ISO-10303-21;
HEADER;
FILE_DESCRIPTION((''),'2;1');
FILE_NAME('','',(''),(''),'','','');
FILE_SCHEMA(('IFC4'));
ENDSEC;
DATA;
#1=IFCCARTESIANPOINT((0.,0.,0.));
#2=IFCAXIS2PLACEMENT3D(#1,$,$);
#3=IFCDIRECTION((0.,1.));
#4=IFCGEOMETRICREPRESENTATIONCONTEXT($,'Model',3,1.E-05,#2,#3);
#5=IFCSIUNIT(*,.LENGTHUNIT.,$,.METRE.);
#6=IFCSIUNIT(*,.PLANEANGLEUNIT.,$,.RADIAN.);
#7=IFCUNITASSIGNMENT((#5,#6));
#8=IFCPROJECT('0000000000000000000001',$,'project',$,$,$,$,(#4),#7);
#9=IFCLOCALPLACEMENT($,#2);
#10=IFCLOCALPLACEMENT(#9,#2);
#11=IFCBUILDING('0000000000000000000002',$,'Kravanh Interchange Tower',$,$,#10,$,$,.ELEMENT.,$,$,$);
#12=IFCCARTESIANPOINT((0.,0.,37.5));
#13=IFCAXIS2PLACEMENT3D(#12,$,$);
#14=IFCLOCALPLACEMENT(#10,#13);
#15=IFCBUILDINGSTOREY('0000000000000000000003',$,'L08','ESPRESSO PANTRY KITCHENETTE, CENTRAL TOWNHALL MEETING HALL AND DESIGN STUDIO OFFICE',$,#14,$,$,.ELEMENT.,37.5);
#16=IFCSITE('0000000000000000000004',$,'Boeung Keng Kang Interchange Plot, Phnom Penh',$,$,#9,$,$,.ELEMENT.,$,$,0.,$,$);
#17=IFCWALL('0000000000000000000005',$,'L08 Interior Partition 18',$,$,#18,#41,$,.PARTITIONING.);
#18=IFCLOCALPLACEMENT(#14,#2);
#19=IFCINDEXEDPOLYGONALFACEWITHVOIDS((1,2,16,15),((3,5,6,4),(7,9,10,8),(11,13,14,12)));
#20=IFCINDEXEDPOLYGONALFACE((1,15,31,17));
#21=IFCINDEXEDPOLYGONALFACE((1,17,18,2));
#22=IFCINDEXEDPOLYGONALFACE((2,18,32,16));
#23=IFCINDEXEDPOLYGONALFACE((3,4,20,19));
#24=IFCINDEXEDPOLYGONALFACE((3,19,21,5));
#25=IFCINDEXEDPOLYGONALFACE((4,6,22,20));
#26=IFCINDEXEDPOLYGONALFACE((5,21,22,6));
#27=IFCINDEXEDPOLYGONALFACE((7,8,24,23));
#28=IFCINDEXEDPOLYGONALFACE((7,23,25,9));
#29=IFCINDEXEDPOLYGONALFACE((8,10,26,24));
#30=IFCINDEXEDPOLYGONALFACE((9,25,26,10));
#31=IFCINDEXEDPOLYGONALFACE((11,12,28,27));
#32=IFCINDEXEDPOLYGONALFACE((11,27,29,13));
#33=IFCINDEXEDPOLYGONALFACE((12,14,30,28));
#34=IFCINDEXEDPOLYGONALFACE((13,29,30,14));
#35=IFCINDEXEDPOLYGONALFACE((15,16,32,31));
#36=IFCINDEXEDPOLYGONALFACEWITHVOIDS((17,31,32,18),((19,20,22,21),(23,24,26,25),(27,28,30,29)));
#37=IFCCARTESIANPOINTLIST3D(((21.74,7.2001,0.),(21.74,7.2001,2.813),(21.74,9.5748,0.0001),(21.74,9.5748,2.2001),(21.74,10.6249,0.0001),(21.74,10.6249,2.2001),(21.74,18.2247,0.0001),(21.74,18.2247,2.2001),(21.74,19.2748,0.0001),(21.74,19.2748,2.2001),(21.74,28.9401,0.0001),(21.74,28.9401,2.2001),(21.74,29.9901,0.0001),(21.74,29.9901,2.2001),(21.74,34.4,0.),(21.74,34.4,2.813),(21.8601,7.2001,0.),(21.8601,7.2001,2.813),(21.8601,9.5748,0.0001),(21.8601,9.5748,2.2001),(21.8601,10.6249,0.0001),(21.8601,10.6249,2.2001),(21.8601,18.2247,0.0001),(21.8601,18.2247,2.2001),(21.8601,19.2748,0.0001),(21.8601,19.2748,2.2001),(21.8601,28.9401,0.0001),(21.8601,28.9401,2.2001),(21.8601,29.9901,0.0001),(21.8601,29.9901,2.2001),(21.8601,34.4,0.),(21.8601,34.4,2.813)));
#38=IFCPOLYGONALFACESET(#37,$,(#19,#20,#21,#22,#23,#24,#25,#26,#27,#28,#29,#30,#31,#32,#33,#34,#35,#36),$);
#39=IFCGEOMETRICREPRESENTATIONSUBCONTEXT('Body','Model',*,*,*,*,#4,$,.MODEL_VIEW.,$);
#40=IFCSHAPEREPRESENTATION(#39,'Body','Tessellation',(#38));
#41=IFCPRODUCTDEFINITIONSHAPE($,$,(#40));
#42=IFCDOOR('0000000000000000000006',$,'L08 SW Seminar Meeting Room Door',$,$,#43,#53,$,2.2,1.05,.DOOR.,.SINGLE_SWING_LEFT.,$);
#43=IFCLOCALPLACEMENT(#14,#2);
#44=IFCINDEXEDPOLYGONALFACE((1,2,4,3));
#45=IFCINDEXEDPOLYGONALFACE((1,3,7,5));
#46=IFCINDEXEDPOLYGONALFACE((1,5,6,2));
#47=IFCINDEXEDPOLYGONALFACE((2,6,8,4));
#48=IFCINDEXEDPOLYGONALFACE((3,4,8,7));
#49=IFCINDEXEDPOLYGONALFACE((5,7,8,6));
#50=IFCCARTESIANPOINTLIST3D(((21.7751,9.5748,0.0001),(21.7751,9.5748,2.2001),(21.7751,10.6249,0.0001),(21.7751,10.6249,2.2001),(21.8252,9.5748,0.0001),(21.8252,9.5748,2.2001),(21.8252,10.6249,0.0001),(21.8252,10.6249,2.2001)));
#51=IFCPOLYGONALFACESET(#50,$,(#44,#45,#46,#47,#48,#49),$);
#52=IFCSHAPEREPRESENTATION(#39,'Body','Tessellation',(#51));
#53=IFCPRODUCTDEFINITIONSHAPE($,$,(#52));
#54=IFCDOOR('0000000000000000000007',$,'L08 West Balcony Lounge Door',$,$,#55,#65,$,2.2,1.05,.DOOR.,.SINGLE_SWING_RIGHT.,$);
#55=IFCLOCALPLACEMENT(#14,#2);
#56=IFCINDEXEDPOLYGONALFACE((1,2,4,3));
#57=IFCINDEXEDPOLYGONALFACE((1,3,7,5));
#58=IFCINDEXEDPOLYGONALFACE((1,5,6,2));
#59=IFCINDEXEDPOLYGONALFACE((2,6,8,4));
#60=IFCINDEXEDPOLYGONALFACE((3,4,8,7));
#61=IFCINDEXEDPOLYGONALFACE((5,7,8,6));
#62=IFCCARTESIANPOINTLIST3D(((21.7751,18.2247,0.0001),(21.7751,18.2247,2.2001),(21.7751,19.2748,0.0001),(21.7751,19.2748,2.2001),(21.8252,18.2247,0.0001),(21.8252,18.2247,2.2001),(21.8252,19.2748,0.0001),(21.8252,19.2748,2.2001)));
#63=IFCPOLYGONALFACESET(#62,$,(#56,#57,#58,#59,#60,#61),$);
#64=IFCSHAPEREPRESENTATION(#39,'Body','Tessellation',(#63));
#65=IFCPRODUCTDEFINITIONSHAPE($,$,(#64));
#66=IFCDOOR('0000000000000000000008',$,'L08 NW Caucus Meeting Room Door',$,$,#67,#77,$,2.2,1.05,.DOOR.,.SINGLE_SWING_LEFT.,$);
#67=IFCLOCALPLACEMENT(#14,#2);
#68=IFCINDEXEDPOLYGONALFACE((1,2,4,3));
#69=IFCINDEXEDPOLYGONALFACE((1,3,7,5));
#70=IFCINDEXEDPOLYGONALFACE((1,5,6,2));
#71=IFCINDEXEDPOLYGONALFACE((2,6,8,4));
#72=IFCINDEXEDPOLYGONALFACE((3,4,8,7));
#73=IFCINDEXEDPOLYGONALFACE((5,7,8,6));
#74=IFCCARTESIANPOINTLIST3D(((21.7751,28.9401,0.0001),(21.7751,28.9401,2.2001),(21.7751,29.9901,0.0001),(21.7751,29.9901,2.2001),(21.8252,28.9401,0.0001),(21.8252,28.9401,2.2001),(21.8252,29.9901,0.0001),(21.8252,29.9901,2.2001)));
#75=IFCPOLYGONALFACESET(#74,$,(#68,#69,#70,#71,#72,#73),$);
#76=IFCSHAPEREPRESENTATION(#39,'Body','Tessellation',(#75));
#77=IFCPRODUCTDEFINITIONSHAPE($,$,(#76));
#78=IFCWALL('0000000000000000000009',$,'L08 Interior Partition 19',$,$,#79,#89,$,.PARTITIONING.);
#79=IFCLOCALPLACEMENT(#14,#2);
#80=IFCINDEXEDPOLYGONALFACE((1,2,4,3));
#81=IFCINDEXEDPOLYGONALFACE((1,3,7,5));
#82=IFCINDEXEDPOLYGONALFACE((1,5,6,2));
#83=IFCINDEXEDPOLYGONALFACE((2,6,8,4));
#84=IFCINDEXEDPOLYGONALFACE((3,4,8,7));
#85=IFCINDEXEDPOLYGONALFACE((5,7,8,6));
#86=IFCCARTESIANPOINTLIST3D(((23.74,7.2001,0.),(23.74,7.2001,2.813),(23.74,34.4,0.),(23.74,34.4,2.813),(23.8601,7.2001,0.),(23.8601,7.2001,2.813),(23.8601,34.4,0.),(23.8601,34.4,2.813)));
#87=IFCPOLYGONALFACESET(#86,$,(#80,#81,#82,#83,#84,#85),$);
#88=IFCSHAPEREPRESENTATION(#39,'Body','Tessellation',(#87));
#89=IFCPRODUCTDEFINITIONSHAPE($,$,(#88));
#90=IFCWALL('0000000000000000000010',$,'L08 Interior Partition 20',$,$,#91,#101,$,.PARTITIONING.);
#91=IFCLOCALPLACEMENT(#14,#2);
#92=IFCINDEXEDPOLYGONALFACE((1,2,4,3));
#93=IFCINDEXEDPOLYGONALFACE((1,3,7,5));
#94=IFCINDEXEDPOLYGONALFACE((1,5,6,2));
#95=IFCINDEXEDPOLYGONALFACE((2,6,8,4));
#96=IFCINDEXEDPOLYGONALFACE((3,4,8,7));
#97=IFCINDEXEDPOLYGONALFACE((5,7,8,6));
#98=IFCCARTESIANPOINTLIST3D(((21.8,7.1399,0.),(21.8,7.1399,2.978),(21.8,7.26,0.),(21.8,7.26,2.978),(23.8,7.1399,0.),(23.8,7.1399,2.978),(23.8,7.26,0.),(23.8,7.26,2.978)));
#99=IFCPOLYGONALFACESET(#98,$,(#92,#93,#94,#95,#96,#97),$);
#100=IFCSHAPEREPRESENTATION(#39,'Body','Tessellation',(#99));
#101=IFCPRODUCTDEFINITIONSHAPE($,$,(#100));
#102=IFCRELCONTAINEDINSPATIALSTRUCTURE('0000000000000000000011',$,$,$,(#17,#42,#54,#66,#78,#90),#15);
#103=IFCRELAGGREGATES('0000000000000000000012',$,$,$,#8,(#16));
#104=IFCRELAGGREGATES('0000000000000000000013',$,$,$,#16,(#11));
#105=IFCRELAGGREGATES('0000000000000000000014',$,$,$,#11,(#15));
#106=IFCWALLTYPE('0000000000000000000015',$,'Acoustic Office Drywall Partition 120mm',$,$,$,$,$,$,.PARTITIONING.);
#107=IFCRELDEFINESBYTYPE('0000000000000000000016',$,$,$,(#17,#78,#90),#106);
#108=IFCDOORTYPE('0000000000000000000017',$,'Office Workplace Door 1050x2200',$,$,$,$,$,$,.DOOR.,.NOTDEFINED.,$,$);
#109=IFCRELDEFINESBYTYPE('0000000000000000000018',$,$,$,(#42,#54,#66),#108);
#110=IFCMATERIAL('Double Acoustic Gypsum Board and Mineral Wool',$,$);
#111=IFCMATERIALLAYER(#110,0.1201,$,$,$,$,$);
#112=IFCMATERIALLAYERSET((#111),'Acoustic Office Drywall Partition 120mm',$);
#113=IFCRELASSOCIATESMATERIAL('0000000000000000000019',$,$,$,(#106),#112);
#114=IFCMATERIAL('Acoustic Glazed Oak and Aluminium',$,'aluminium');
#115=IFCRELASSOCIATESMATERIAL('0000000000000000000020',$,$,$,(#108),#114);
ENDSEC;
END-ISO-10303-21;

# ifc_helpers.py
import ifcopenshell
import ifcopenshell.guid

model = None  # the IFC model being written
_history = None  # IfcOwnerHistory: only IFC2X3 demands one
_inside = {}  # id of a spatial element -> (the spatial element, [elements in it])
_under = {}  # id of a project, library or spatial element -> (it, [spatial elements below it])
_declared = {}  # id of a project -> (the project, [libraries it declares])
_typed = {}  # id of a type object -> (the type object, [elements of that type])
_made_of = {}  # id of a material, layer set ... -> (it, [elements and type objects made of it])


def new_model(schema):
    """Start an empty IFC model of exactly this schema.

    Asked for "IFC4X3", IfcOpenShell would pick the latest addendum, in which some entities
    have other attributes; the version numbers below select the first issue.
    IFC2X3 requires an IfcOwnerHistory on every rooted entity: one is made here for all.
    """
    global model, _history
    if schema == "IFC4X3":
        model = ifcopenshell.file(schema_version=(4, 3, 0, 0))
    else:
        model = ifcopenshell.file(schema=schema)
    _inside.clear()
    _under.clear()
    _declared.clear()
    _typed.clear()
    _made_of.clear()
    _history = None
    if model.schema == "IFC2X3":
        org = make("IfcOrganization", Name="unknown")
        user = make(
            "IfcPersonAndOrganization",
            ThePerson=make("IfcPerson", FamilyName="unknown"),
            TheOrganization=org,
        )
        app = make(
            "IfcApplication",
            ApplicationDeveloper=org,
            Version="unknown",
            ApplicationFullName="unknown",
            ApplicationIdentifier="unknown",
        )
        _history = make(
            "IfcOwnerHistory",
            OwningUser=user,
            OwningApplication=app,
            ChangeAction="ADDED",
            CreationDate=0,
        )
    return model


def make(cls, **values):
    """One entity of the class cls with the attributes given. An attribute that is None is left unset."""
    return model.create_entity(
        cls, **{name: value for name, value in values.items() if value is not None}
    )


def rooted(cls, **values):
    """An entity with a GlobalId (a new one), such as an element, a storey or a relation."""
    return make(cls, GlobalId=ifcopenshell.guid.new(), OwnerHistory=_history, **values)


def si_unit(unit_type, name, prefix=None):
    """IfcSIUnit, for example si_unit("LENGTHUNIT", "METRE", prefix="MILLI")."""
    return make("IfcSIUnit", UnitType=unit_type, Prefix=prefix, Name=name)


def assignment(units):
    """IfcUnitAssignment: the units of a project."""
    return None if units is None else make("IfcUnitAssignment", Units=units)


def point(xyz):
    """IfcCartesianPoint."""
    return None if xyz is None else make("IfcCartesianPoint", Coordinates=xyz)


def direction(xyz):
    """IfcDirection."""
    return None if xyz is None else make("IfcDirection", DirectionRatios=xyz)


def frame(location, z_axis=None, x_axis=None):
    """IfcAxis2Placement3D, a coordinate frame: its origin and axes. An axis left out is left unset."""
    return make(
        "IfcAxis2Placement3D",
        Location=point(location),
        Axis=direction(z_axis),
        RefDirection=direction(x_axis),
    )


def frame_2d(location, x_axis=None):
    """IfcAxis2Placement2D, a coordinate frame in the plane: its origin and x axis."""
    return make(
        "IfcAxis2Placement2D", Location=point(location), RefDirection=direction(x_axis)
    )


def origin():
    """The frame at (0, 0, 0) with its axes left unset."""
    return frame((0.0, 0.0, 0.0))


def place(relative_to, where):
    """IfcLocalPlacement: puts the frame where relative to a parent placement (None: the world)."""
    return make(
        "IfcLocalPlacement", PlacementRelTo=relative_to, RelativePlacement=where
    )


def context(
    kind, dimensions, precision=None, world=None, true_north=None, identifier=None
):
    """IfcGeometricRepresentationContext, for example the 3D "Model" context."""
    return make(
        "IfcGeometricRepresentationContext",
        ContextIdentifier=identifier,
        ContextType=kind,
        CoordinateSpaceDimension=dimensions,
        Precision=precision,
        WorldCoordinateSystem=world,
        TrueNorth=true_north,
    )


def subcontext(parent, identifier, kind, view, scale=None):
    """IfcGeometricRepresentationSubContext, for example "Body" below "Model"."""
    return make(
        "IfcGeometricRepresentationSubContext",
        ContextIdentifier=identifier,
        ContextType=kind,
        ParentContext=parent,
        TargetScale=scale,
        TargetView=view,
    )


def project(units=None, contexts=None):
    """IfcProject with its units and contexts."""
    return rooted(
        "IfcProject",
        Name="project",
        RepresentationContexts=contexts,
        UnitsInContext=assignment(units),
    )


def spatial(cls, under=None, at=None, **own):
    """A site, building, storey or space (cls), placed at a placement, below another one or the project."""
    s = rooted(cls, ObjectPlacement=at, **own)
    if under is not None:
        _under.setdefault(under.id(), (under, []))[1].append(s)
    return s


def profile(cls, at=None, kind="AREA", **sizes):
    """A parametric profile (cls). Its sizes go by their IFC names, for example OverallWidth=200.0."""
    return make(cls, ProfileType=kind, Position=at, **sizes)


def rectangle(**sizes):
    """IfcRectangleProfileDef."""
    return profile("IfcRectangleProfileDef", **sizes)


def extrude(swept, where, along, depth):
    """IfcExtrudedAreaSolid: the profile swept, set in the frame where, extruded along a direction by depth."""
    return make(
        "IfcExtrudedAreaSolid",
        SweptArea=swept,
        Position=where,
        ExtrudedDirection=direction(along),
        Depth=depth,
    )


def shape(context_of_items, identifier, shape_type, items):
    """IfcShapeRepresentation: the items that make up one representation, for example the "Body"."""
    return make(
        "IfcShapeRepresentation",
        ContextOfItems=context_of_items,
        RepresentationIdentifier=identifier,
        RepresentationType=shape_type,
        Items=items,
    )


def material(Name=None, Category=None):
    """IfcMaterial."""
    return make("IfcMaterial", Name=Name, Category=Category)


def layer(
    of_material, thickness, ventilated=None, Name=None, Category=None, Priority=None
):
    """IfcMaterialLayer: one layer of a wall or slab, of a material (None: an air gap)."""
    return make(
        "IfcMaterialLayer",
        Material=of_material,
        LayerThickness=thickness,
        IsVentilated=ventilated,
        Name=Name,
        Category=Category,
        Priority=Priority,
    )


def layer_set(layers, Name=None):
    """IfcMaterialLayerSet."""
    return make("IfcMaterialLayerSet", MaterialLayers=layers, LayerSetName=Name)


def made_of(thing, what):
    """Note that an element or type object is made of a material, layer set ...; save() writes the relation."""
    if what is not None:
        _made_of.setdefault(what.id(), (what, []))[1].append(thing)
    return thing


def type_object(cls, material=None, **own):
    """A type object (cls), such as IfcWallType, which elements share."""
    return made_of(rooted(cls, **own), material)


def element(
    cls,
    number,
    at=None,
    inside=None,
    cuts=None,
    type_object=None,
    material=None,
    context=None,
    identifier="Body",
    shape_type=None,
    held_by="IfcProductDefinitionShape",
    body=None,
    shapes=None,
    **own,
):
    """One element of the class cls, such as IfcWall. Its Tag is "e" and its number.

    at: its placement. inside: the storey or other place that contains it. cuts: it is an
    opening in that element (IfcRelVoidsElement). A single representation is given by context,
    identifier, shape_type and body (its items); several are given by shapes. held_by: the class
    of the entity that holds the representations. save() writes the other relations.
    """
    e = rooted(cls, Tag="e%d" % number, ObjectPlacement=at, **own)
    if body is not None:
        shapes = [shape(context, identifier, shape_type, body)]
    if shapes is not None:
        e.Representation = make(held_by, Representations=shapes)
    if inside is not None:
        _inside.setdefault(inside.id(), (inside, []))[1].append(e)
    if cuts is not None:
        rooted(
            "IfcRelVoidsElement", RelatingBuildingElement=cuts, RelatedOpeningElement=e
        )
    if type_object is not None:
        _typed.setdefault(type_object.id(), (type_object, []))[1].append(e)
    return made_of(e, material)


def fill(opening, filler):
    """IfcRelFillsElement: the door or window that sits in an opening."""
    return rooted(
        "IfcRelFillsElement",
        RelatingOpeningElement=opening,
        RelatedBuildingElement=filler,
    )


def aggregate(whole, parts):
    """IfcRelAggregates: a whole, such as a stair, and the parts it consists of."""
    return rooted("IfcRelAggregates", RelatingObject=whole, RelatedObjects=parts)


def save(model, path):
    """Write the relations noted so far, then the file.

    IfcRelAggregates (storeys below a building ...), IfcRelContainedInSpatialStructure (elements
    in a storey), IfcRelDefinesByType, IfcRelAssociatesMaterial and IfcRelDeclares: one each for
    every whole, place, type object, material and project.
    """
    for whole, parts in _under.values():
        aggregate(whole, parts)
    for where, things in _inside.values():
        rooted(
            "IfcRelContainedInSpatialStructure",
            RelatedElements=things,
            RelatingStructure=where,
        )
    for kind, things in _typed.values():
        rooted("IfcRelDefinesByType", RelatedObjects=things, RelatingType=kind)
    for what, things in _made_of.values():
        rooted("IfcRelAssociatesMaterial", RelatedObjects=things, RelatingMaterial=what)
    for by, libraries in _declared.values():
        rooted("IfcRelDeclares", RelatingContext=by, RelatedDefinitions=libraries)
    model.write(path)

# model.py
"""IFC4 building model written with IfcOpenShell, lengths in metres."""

from ifc_helpers import new_model, si_unit, direction, frame, frame_2d, origin, place, context, subcontext, project, spatial, rectangle, extrude, material, layer, layer_set, type_object, element, fill, save


model = new_model("IFC4")

# Units and contexts
model_context = context("Model", 3, precision=1e-05, world=origin(), true_north=direction((0.0, 1.0)))
body_context = subcontext(model_context, "Body", "Model", "MODEL_VIEW")
ifc_project = project(units=[si_unit("LENGTHUNIT", "METRE"), si_unit("PLANEANGLEUNIT", "RADIAN")], contexts=[model_context])

# Site, building, storey
site_placement = place(None, origin())
site = spatial("IfcSite", under=ifc_project, at=site_placement, Name="Boeung Keng Kang Interchange Plot, Phnom Penh", CompositionType="ELEMENT", RefElevation=0.0)
building_placement = place(site_placement, origin())
building = spatial("IfcBuilding", under=site, at=building_placement, Name="Kravanh Interchange Tower", CompositionType="ELEMENT")
storey_placement = place(building_placement, frame((0.0, 0.0, 37.5)))
storey = spatial("IfcBuildingStorey", under=building, at=storey_placement, Name="L08", Description="ESPRESSO PANTRY KITCHENETTE, CENTRAL TOWNHALL MEETING HALL AND DESIGN STUDIO OFFICE", CompositionType="ELEMENT", Elevation=37.5)

# Wall, openings, doors
ifc_material_1 = material(Name="Double Acoustic Gypsum Board and Mineral Wool")
ifc_layer_1 = layer(ifc_material_1, 0.1201)
ifc_layer_set_1 = layer_set([ifc_layer_1], Name="Acoustic Office Drywall Partition 120mm")
wall_type = type_object("IfcWallType", Name="Acoustic Office Drywall Partition 120mm", PredefinedType="PARTITIONING", material=ifc_layer_set_1)
wall_1_placement = place(storey_placement, frame((21.8, 7.2, 0.0), z_axis=(0.0, 0.0, 1.0), x_axis=(0.0, 1.0, 0.0)))
wall_1 = element("IfcWall", 1, at=wall_1_placement, inside=storey, type_object=wall_type, Name="L08 Interior Partition 18", PredefinedType="PARTITIONING", context=body_context, shape_type="SweptSolid", body=[
    extrude(rectangle(XDim=27.2, YDim=0.1201, at=frame_2d((13.6001, 0.0))), origin(), (0.0, 0.0, 1.0), 2.813),
])
opening_1_placement = place(wall_1_placement, frame((2.375, 0.0, 0.0)))
opening_1 = element("IfcOpeningElement", 2, at=opening_1_placement, cuts=wall_1, PredefinedType="OPENING", context=body_context, shape_type="SweptSolid", body=[
    extrude(rectangle(XDim=1.05, YDim=2.2, at=frame_2d((0.5249, 1.1001))), frame((0.0, 0.0701, 0.0), z_axis=(0.0, -1.0, 0.0), x_axis=(1.0, 0.0, 0.0)), (0.0, 0.0, 1.0), 0.1401),
])
opening_2_placement = place(wall_1_placement, frame((11.0249, 0.0, 0.0)))
opening_2 = element("IfcOpeningElement", 3, at=opening_2_placement, cuts=wall_1, PredefinedType="OPENING", context=body_context, shape_type="SweptSolid", body=[
    extrude(rectangle(XDim=1.05, YDim=2.2, at=frame_2d((0.5249, 1.1001))), frame((0.0, 0.0701, 0.0), z_axis=(0.0, -1.0, 0.0), x_axis=(1.0, 0.0, 0.0)), (0.0, 0.0, 1.0), 0.1401),
])
opening_3_placement = place(wall_1_placement, frame((21.7402, 0.0, 0.0)))
opening_3 = element("IfcOpeningElement", 4, at=opening_3_placement, cuts=wall_1, PredefinedType="OPENING", context=body_context, shape_type="SweptSolid", body=[
    extrude(rectangle(XDim=1.05, YDim=2.2, at=frame_2d((0.5249, 1.1001))), frame((0.0, 0.0701, 0.0), z_axis=(0.0, -1.0, 0.0), x_axis=(1.0, 0.0, 0.0)), (0.0, 0.0, 1.0), 0.1401),
])
ifc_material_2 = material(Name="Acoustic Glazed Oak and Aluminium", Category="aluminium")
door_type = type_object("IfcDoorType", Name="Office Workplace Door 1050x2200", OperationType="NOTDEFINED", PredefinedType="DOOR", material=ifc_material_2)
door_1_placement = place(opening_1_placement, origin())
door_1 = element("IfcDoor", 5, at=door_1_placement, inside=storey, type_object=door_type, Name="L08 SW Seminar Meeting Room Door", OperationType="SINGLE_SWING_LEFT", OverallHeight=2.2, OverallWidth=1.05, PredefinedType="DOOR", context=body_context, shape_type="SweptSolid", body=[
    extrude(rectangle(XDim=1.05, YDim=2.2, at=frame_2d((0.5249, 1.1001))), frame((0.0, 0.0249, 0.0), z_axis=(0.0, -1.0, 0.0), x_axis=(1.0, 0.0, 0.0)), (0.0, 0.0, 1.0), 0.05),
])
fill(opening_1, door_1)
door_2_placement = place(opening_2_placement, origin())
door_2 = element("IfcDoor", 6, at=door_2_placement, inside=storey, type_object=door_type, Name="L08 West Balcony Lounge Door", OperationType="SINGLE_SWING_RIGHT", OverallHeight=2.2, OverallWidth=1.05, PredefinedType="DOOR", context=body_context, shape_type="SweptSolid", body=[
    extrude(rectangle(XDim=1.05, YDim=2.2, at=frame_2d((0.5249, 1.1001))), frame((0.0, 0.0249, 0.0), z_axis=(0.0, -1.0, 0.0), x_axis=(1.0, 0.0, 0.0)), (0.0, 0.0, 1.0), 0.05),
])
fill(opening_2, door_2)
door_3_placement = place(opening_3_placement, origin())
door_3 = element("IfcDoor", 7, at=door_3_placement, inside=storey, type_object=door_type, Name="L08 NW Caucus Meeting Room Door", OperationType="SINGLE_SWING_LEFT", OverallHeight=2.2, OverallWidth=1.05, PredefinedType="DOOR", context=body_context, shape_type="SweptSolid", body=[
    extrude(rectangle(XDim=1.05, YDim=2.2, at=frame_2d((0.5249, 1.1001))), frame((0.0, 0.0249, 0.0), z_axis=(0.0, -1.0, 0.0), x_axis=(1.0, 0.0, 0.0)), (0.0, 0.0, 1.0), 0.05),
])
fill(opening_3, door_3)

# Walls
wall_2_placement = place(storey_placement, frame((23.8, 7.2, 0.0), z_axis=(0.0, 0.0, 1.0), x_axis=(0.0, 1.0, 0.0)))
element("IfcWall", 8, at=wall_2_placement, inside=storey, type_object=wall_type, Name="L08 Interior Partition 19", PredefinedType="PARTITIONING", context=body_context, shape_type="SweptSolid", body=[
    extrude(rectangle(XDim=27.2, YDim=0.1201, at=frame_2d((13.6001, 0.0))), origin(), (0.0, 0.0, 1.0), 2.813),
])
wall_3_placement = place(storey_placement, frame((21.8, 7.2, 0.0), z_axis=(0.0, 0.0, 1.0), x_axis=(1.0, 0.0, 0.0)))
element("IfcWall", 9, at=wall_3_placement, inside=storey, type_object=wall_type, Name="L08 Interior Partition 20", PredefinedType="PARTITIONING", context=body_context, shape_type="SweptSolid", body=[
    extrude(rectangle(XDim=2.0, YDim=0.1201, at=frame_2d((1.0, 0.0))), origin(), (0.0, 0.0, 1.0), 2.978),
])

save(model, "model.ifc")
